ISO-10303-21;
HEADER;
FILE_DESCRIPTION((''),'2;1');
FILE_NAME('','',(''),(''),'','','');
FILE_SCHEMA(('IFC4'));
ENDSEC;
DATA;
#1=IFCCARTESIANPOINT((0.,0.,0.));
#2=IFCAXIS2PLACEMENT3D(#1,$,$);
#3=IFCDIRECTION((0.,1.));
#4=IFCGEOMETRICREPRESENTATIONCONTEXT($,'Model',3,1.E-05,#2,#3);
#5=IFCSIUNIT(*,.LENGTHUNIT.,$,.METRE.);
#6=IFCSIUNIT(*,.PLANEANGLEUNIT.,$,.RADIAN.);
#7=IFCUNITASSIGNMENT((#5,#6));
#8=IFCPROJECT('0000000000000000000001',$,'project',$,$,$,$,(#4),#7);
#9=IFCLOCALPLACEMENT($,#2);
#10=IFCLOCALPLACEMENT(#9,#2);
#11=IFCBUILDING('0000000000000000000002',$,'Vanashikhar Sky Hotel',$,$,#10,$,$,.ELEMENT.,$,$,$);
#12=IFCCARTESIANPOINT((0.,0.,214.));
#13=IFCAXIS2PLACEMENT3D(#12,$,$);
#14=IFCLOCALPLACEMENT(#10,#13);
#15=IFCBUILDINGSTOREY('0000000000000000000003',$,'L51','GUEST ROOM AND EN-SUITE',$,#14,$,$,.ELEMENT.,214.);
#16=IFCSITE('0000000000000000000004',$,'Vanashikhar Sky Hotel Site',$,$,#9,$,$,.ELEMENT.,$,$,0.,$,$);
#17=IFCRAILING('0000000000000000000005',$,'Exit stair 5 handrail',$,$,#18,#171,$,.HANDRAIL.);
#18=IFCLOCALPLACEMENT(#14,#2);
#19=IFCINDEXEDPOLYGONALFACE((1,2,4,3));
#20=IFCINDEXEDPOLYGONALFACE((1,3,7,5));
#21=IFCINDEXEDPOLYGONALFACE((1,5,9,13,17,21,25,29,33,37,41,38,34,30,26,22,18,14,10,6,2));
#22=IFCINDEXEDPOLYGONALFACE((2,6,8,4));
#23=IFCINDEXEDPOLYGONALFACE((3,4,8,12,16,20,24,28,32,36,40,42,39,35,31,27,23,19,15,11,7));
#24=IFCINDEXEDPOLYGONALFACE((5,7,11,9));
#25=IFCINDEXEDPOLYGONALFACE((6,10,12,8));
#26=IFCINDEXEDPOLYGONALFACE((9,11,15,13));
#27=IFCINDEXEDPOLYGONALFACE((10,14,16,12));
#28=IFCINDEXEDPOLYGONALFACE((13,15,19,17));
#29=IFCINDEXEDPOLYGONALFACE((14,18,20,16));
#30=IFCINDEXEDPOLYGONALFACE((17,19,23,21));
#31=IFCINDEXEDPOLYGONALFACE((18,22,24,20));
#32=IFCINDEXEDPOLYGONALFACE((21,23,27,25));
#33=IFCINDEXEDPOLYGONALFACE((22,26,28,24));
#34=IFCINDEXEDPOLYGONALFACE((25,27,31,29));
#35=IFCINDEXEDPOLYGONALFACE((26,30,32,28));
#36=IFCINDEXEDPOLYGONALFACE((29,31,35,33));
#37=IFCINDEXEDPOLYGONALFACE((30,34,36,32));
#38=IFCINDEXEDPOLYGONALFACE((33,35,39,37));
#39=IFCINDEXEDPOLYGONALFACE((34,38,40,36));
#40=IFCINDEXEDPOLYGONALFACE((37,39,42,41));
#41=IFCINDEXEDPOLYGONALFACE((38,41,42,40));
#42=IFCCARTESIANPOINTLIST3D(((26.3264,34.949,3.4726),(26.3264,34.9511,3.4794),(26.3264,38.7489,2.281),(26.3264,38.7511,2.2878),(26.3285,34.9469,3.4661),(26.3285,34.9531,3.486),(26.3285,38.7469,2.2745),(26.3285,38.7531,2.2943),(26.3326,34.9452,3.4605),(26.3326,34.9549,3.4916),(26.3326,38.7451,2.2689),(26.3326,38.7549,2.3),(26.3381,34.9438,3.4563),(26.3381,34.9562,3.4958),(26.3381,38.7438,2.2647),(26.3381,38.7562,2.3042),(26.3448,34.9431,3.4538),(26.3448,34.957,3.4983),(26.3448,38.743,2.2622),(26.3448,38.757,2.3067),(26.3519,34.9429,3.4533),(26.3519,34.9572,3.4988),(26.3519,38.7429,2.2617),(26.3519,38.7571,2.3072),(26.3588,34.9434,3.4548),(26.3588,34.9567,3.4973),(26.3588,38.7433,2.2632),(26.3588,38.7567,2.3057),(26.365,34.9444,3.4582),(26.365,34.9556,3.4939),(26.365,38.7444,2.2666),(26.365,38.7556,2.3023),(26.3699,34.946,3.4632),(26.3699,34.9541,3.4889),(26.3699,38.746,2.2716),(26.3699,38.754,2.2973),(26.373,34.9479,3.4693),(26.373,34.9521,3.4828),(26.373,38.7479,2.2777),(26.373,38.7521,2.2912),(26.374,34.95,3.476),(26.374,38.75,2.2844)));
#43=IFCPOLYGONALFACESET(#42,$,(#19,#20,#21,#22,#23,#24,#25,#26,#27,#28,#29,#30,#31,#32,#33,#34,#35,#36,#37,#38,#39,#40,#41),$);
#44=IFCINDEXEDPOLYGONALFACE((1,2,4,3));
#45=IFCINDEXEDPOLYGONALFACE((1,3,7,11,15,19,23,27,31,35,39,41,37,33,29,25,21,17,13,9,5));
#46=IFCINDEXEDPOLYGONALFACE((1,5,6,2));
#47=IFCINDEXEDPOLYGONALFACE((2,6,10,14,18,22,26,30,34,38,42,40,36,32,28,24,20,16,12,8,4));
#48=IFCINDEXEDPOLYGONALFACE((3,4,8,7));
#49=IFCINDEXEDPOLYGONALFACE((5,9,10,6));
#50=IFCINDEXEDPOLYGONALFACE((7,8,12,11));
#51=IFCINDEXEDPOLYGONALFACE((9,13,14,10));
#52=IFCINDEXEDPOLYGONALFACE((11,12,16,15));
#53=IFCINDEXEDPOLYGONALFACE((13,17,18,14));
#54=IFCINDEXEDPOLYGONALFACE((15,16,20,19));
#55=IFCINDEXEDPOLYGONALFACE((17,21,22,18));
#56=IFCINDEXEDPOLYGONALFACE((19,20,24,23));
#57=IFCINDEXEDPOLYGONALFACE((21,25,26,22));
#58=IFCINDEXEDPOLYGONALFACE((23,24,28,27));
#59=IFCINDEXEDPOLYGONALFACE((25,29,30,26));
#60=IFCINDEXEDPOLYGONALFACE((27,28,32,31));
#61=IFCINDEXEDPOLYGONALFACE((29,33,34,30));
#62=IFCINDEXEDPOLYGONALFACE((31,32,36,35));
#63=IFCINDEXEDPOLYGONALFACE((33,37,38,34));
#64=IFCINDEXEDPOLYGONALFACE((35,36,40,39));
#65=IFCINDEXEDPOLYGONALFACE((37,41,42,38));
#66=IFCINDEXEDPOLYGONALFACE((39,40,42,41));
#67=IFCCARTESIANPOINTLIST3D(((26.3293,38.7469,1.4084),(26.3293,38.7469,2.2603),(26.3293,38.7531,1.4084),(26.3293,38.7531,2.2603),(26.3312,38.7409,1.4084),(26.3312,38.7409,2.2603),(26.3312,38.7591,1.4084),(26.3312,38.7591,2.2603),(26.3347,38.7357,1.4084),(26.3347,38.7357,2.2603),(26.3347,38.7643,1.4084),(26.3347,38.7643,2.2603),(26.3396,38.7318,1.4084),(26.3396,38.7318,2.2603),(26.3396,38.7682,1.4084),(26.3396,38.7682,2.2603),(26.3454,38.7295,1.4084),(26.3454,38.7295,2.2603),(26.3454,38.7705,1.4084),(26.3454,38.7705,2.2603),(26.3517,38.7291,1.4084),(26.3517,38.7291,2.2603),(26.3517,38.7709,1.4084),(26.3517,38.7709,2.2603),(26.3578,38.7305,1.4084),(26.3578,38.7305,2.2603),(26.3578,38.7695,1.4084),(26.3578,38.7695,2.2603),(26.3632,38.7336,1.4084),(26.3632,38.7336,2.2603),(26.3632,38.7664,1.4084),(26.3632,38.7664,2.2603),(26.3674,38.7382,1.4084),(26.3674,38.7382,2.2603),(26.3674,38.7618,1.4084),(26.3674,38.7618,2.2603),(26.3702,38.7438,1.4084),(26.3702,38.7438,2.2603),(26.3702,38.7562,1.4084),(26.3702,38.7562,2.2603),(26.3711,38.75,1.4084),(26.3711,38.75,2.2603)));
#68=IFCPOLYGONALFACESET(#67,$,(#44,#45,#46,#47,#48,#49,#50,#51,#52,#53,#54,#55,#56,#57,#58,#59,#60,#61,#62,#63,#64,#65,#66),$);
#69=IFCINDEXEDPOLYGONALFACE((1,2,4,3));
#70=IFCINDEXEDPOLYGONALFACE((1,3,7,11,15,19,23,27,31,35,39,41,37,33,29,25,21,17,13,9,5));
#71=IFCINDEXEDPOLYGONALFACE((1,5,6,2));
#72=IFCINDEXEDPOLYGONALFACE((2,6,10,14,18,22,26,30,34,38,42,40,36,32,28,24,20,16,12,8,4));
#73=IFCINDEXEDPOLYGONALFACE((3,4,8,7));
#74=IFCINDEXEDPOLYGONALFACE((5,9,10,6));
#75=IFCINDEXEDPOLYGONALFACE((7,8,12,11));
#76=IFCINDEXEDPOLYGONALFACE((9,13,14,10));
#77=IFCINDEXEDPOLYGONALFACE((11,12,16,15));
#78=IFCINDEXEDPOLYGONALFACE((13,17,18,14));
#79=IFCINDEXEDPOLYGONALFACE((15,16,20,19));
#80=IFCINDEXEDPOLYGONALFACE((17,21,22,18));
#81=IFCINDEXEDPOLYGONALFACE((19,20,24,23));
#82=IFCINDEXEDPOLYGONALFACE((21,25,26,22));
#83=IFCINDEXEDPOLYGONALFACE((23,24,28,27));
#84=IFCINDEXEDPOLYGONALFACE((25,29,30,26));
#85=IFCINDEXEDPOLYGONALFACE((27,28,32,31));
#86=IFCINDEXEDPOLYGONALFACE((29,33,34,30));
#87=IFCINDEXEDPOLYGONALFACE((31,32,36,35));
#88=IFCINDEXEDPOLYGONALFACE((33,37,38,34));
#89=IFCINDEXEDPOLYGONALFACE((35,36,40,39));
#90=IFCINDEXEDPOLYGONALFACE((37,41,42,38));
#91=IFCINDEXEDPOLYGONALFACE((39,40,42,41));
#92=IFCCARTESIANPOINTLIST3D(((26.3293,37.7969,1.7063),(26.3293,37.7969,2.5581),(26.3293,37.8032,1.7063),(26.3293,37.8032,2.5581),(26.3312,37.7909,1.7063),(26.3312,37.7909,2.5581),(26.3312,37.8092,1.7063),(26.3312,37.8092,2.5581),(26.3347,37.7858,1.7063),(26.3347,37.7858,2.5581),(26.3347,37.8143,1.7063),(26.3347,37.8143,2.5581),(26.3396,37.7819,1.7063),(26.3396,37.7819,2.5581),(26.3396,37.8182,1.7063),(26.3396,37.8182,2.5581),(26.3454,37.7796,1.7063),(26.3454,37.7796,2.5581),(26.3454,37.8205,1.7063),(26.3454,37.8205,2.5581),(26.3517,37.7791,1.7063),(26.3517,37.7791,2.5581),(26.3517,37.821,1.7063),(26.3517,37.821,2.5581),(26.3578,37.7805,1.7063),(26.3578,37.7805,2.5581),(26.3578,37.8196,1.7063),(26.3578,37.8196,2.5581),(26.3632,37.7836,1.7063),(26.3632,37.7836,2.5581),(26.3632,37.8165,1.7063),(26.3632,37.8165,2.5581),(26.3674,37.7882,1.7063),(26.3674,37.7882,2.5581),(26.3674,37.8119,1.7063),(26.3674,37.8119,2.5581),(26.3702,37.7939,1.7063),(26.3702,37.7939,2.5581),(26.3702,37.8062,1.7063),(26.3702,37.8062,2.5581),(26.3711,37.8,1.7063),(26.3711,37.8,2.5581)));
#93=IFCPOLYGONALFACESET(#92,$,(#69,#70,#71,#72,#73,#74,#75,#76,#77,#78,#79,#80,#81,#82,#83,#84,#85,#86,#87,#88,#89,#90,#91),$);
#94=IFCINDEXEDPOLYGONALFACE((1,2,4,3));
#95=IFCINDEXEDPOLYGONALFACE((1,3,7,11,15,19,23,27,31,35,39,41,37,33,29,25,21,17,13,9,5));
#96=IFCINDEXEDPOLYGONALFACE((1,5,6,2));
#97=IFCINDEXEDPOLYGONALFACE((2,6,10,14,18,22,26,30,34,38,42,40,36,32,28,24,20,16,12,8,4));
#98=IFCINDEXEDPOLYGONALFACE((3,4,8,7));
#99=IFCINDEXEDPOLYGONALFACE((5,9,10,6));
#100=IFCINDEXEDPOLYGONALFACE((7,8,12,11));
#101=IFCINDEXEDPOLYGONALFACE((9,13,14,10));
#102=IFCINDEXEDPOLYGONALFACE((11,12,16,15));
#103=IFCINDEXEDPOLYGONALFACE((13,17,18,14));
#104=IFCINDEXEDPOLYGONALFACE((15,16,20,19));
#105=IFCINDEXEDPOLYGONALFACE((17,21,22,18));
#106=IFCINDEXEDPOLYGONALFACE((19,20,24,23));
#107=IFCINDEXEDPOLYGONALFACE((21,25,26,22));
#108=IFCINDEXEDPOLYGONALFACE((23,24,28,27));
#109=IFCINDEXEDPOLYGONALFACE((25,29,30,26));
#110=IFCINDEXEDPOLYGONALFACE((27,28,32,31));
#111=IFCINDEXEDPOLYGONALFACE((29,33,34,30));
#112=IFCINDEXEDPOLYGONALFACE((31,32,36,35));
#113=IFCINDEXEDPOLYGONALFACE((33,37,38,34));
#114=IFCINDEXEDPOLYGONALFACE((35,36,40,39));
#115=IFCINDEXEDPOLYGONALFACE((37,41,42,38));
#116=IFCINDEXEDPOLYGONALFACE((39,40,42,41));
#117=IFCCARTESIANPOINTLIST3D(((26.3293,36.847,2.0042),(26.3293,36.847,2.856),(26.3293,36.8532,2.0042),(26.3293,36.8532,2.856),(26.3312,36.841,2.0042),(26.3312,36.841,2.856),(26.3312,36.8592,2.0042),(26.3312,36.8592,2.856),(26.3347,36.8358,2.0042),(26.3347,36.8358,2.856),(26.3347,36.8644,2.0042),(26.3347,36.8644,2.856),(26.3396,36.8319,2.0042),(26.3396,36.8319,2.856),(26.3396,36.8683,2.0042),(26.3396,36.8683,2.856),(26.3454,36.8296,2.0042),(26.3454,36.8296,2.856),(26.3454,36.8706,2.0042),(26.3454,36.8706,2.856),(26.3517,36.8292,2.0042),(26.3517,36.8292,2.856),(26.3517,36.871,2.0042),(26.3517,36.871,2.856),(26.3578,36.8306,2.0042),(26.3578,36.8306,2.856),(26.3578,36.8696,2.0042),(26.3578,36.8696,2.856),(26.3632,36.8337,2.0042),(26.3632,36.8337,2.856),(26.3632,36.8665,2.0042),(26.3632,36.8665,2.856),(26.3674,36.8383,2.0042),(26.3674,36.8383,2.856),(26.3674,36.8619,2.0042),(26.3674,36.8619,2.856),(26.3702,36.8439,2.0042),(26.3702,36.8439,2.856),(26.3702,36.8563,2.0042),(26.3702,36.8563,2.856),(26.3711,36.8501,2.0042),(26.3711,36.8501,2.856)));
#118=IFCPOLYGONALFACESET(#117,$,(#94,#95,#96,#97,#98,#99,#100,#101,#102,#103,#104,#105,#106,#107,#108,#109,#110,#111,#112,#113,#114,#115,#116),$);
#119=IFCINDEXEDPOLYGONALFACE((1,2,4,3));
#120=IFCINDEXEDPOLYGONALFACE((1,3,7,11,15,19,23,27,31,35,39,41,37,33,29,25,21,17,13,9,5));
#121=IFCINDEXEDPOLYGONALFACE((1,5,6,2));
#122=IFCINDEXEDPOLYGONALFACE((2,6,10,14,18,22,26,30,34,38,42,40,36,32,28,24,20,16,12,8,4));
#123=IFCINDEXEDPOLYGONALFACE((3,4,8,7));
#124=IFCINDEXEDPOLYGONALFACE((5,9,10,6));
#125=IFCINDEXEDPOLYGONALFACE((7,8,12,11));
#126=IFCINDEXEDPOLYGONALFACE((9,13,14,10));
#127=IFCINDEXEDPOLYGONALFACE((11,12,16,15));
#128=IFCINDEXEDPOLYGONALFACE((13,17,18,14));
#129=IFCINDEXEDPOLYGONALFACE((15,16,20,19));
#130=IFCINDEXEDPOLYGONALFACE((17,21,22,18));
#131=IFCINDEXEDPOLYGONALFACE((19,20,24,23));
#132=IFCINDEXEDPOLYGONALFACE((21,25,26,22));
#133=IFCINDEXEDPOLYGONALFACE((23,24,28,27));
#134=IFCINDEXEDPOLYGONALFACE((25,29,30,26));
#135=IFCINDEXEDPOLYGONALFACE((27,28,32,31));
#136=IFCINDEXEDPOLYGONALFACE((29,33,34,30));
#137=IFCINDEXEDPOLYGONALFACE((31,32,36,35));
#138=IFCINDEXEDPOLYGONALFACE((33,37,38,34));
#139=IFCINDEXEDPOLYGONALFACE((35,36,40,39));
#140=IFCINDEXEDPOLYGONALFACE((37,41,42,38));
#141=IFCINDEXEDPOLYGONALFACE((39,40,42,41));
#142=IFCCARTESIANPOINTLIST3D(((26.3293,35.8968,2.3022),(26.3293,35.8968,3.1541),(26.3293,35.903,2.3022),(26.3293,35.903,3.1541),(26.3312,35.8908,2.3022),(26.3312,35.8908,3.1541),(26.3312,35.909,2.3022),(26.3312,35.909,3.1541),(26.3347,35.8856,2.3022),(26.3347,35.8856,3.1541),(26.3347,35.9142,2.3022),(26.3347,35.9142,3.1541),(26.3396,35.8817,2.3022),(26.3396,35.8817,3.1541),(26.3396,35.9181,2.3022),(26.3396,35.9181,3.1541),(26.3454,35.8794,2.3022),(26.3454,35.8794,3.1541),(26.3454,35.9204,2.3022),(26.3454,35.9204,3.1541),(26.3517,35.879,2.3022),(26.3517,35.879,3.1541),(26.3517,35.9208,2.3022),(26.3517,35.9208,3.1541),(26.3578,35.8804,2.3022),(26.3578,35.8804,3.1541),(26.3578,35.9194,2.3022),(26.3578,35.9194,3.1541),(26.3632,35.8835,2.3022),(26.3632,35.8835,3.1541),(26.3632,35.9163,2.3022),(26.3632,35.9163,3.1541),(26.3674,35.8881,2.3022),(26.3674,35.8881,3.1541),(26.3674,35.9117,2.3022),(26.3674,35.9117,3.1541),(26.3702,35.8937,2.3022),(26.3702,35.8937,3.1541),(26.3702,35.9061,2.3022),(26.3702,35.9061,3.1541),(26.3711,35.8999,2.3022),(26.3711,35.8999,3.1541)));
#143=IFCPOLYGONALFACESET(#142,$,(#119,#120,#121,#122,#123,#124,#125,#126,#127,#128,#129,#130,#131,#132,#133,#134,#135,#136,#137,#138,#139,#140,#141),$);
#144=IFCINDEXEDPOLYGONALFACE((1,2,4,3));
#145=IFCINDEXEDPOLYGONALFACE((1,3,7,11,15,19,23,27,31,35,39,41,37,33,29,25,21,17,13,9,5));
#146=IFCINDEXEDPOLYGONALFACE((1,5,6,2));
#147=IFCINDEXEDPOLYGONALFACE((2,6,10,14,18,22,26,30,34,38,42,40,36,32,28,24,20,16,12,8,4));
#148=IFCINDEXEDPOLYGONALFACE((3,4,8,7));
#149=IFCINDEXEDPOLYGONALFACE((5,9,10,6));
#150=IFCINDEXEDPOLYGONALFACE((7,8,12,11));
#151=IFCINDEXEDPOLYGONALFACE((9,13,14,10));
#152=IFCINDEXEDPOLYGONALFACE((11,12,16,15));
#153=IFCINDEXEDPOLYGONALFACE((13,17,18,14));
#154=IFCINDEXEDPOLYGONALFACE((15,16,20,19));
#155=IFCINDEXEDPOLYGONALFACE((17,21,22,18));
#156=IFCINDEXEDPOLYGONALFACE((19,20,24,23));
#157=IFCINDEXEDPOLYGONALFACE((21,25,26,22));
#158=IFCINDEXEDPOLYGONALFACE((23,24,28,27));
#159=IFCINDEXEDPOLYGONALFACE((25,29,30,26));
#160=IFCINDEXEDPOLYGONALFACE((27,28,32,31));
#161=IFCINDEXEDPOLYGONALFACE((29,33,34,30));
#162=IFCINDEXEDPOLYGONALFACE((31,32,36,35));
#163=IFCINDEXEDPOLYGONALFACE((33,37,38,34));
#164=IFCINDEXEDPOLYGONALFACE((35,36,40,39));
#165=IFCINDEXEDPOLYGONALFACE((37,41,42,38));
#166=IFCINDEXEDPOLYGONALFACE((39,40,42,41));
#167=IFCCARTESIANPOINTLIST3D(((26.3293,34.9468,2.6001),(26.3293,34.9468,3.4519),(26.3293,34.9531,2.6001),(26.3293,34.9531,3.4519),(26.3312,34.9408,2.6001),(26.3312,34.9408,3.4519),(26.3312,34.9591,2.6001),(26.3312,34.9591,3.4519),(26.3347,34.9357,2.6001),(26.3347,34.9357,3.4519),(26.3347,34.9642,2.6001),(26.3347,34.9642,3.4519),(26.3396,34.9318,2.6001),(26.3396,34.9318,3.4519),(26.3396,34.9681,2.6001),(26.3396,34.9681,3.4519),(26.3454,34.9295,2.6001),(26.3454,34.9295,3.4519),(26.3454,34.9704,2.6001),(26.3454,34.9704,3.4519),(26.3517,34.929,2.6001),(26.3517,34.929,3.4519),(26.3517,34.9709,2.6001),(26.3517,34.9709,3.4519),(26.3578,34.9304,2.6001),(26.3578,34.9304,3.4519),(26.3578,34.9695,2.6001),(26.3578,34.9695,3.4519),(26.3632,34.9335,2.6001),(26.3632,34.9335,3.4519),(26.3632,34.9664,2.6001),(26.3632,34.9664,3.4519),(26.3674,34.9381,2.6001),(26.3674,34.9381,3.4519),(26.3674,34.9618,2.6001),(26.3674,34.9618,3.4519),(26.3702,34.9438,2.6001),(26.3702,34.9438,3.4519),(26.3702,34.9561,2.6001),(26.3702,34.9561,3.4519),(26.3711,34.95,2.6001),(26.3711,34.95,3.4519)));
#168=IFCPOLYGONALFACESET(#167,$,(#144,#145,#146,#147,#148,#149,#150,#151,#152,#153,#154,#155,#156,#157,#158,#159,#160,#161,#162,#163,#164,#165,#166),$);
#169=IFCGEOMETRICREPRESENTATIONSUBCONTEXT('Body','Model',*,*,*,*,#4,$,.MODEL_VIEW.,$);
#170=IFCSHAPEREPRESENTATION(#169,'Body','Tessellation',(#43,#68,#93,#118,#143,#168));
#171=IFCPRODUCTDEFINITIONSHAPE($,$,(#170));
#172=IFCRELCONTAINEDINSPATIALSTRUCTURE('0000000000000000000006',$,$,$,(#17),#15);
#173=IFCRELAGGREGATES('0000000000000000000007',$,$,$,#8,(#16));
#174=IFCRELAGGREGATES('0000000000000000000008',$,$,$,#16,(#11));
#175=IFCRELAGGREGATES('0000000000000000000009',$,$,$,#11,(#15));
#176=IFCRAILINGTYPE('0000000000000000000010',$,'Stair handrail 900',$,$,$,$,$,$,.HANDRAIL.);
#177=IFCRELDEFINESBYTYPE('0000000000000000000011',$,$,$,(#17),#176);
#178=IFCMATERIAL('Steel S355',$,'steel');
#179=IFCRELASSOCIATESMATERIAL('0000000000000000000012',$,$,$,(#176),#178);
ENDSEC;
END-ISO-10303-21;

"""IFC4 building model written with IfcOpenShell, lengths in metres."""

from ifc_helpers import new_model, si_unit, direction, frame, origin, origin_2d, place, context, subcontext, project, spatial, circle, extrude, source, transform, mapped, material, type_object, element, save


model = new_model("IFC4")

# Units and contexts
model_context = context("Model", 3, precision=1e-05, world=origin(), true_north=direction((0.0, 1.0)))
body_context = subcontext(model_context, "Body", "Model", "MODEL_VIEW")
ifc_project = project(units=[si_unit("LENGTHUNIT", "METRE"), si_unit("PLANEANGLEUNIT", "RADIAN")], contexts=[model_context])

# Site, building, storey
site_placement = place(None, origin())
site = spatial("IfcSite", under=ifc_project, at=site_placement, Name="Vanashikhar Sky Hotel Site", CompositionType="ELEMENT", RefElevation=0.0)
building_placement = place(site_placement, origin())
building = spatial("IfcBuilding", under=site, at=building_placement, Name="Vanashikhar Sky Hotel", CompositionType="ELEMENT")
storey_placement = place(building_placement, frame((0.0, 0.0, 214.0)))
storey = spatial("IfcBuildingStorey", under=building, at=storey_placement, Name="L51", Description="GUEST ROOM AND EN-SUITE", CompositionType="ELEMENT", Elevation=214.0)

# Railing
ifc_material_1 = material(Name="Steel S355", Category="steel")
railing_type_1 = type_object("IfcRailingType", Name="Stair handrail 900", PredefinedType="HANDRAIL", material=ifc_material_1)
shared_shape_1 = source(origin(), body_context, "Body", "SweptSolid", [
    extrude(circle(Radius=0.0239, at=origin_2d()), frame((0.0, 0.0, 0.876), z_axis=(0.0, -0.954184, 0.299221), x_axis=(1.0, 0.0, 0.0)), (0.0, 0.0, 1.0), 3.9824),
    extrude(circle(Radius=0.021, at=origin_2d()), origin(), (0.0, 0.0, 1.0), 0.8518),
    extrude(circle(Radius=0.021, at=origin_2d()), frame((0.0, -0.95, 0.2979)), (0.0, 0.0, 1.0), 0.8518),
    extrude(circle(Radius=0.021, at=origin_2d()), frame((0.0, -1.8999, 0.5957)), (0.0, 0.0, 1.0), 0.8518),
    extrude(circle(Radius=0.021, at=origin_2d()), frame((0.0, -2.8501, 0.8938)), (0.0, 0.0, 1.0), 0.8518),
    extrude(circle(Radius=0.021, at=origin_2d()), frame((0.0, -3.8, 1.1917)), (0.0, 0.0, 1.0), 0.8518),
])
for number, where, name in (
    (1, (26.3501, 38.75, 1.4084), "Exit stair 5 handrail"),
):
    element("IfcRailing", number, at=place(storey_placement, frame(where)), inside=storey, type_object=railing_type_1, Name=name, PredefinedType="HANDRAIL", context=body_context, shape_type="MappedRepresentation", body=[
        mapped(shared_shape_1, transform((0.0, 0.0, 0.0), scale=1.0)),
    ])

save(model, "model.ifc")
